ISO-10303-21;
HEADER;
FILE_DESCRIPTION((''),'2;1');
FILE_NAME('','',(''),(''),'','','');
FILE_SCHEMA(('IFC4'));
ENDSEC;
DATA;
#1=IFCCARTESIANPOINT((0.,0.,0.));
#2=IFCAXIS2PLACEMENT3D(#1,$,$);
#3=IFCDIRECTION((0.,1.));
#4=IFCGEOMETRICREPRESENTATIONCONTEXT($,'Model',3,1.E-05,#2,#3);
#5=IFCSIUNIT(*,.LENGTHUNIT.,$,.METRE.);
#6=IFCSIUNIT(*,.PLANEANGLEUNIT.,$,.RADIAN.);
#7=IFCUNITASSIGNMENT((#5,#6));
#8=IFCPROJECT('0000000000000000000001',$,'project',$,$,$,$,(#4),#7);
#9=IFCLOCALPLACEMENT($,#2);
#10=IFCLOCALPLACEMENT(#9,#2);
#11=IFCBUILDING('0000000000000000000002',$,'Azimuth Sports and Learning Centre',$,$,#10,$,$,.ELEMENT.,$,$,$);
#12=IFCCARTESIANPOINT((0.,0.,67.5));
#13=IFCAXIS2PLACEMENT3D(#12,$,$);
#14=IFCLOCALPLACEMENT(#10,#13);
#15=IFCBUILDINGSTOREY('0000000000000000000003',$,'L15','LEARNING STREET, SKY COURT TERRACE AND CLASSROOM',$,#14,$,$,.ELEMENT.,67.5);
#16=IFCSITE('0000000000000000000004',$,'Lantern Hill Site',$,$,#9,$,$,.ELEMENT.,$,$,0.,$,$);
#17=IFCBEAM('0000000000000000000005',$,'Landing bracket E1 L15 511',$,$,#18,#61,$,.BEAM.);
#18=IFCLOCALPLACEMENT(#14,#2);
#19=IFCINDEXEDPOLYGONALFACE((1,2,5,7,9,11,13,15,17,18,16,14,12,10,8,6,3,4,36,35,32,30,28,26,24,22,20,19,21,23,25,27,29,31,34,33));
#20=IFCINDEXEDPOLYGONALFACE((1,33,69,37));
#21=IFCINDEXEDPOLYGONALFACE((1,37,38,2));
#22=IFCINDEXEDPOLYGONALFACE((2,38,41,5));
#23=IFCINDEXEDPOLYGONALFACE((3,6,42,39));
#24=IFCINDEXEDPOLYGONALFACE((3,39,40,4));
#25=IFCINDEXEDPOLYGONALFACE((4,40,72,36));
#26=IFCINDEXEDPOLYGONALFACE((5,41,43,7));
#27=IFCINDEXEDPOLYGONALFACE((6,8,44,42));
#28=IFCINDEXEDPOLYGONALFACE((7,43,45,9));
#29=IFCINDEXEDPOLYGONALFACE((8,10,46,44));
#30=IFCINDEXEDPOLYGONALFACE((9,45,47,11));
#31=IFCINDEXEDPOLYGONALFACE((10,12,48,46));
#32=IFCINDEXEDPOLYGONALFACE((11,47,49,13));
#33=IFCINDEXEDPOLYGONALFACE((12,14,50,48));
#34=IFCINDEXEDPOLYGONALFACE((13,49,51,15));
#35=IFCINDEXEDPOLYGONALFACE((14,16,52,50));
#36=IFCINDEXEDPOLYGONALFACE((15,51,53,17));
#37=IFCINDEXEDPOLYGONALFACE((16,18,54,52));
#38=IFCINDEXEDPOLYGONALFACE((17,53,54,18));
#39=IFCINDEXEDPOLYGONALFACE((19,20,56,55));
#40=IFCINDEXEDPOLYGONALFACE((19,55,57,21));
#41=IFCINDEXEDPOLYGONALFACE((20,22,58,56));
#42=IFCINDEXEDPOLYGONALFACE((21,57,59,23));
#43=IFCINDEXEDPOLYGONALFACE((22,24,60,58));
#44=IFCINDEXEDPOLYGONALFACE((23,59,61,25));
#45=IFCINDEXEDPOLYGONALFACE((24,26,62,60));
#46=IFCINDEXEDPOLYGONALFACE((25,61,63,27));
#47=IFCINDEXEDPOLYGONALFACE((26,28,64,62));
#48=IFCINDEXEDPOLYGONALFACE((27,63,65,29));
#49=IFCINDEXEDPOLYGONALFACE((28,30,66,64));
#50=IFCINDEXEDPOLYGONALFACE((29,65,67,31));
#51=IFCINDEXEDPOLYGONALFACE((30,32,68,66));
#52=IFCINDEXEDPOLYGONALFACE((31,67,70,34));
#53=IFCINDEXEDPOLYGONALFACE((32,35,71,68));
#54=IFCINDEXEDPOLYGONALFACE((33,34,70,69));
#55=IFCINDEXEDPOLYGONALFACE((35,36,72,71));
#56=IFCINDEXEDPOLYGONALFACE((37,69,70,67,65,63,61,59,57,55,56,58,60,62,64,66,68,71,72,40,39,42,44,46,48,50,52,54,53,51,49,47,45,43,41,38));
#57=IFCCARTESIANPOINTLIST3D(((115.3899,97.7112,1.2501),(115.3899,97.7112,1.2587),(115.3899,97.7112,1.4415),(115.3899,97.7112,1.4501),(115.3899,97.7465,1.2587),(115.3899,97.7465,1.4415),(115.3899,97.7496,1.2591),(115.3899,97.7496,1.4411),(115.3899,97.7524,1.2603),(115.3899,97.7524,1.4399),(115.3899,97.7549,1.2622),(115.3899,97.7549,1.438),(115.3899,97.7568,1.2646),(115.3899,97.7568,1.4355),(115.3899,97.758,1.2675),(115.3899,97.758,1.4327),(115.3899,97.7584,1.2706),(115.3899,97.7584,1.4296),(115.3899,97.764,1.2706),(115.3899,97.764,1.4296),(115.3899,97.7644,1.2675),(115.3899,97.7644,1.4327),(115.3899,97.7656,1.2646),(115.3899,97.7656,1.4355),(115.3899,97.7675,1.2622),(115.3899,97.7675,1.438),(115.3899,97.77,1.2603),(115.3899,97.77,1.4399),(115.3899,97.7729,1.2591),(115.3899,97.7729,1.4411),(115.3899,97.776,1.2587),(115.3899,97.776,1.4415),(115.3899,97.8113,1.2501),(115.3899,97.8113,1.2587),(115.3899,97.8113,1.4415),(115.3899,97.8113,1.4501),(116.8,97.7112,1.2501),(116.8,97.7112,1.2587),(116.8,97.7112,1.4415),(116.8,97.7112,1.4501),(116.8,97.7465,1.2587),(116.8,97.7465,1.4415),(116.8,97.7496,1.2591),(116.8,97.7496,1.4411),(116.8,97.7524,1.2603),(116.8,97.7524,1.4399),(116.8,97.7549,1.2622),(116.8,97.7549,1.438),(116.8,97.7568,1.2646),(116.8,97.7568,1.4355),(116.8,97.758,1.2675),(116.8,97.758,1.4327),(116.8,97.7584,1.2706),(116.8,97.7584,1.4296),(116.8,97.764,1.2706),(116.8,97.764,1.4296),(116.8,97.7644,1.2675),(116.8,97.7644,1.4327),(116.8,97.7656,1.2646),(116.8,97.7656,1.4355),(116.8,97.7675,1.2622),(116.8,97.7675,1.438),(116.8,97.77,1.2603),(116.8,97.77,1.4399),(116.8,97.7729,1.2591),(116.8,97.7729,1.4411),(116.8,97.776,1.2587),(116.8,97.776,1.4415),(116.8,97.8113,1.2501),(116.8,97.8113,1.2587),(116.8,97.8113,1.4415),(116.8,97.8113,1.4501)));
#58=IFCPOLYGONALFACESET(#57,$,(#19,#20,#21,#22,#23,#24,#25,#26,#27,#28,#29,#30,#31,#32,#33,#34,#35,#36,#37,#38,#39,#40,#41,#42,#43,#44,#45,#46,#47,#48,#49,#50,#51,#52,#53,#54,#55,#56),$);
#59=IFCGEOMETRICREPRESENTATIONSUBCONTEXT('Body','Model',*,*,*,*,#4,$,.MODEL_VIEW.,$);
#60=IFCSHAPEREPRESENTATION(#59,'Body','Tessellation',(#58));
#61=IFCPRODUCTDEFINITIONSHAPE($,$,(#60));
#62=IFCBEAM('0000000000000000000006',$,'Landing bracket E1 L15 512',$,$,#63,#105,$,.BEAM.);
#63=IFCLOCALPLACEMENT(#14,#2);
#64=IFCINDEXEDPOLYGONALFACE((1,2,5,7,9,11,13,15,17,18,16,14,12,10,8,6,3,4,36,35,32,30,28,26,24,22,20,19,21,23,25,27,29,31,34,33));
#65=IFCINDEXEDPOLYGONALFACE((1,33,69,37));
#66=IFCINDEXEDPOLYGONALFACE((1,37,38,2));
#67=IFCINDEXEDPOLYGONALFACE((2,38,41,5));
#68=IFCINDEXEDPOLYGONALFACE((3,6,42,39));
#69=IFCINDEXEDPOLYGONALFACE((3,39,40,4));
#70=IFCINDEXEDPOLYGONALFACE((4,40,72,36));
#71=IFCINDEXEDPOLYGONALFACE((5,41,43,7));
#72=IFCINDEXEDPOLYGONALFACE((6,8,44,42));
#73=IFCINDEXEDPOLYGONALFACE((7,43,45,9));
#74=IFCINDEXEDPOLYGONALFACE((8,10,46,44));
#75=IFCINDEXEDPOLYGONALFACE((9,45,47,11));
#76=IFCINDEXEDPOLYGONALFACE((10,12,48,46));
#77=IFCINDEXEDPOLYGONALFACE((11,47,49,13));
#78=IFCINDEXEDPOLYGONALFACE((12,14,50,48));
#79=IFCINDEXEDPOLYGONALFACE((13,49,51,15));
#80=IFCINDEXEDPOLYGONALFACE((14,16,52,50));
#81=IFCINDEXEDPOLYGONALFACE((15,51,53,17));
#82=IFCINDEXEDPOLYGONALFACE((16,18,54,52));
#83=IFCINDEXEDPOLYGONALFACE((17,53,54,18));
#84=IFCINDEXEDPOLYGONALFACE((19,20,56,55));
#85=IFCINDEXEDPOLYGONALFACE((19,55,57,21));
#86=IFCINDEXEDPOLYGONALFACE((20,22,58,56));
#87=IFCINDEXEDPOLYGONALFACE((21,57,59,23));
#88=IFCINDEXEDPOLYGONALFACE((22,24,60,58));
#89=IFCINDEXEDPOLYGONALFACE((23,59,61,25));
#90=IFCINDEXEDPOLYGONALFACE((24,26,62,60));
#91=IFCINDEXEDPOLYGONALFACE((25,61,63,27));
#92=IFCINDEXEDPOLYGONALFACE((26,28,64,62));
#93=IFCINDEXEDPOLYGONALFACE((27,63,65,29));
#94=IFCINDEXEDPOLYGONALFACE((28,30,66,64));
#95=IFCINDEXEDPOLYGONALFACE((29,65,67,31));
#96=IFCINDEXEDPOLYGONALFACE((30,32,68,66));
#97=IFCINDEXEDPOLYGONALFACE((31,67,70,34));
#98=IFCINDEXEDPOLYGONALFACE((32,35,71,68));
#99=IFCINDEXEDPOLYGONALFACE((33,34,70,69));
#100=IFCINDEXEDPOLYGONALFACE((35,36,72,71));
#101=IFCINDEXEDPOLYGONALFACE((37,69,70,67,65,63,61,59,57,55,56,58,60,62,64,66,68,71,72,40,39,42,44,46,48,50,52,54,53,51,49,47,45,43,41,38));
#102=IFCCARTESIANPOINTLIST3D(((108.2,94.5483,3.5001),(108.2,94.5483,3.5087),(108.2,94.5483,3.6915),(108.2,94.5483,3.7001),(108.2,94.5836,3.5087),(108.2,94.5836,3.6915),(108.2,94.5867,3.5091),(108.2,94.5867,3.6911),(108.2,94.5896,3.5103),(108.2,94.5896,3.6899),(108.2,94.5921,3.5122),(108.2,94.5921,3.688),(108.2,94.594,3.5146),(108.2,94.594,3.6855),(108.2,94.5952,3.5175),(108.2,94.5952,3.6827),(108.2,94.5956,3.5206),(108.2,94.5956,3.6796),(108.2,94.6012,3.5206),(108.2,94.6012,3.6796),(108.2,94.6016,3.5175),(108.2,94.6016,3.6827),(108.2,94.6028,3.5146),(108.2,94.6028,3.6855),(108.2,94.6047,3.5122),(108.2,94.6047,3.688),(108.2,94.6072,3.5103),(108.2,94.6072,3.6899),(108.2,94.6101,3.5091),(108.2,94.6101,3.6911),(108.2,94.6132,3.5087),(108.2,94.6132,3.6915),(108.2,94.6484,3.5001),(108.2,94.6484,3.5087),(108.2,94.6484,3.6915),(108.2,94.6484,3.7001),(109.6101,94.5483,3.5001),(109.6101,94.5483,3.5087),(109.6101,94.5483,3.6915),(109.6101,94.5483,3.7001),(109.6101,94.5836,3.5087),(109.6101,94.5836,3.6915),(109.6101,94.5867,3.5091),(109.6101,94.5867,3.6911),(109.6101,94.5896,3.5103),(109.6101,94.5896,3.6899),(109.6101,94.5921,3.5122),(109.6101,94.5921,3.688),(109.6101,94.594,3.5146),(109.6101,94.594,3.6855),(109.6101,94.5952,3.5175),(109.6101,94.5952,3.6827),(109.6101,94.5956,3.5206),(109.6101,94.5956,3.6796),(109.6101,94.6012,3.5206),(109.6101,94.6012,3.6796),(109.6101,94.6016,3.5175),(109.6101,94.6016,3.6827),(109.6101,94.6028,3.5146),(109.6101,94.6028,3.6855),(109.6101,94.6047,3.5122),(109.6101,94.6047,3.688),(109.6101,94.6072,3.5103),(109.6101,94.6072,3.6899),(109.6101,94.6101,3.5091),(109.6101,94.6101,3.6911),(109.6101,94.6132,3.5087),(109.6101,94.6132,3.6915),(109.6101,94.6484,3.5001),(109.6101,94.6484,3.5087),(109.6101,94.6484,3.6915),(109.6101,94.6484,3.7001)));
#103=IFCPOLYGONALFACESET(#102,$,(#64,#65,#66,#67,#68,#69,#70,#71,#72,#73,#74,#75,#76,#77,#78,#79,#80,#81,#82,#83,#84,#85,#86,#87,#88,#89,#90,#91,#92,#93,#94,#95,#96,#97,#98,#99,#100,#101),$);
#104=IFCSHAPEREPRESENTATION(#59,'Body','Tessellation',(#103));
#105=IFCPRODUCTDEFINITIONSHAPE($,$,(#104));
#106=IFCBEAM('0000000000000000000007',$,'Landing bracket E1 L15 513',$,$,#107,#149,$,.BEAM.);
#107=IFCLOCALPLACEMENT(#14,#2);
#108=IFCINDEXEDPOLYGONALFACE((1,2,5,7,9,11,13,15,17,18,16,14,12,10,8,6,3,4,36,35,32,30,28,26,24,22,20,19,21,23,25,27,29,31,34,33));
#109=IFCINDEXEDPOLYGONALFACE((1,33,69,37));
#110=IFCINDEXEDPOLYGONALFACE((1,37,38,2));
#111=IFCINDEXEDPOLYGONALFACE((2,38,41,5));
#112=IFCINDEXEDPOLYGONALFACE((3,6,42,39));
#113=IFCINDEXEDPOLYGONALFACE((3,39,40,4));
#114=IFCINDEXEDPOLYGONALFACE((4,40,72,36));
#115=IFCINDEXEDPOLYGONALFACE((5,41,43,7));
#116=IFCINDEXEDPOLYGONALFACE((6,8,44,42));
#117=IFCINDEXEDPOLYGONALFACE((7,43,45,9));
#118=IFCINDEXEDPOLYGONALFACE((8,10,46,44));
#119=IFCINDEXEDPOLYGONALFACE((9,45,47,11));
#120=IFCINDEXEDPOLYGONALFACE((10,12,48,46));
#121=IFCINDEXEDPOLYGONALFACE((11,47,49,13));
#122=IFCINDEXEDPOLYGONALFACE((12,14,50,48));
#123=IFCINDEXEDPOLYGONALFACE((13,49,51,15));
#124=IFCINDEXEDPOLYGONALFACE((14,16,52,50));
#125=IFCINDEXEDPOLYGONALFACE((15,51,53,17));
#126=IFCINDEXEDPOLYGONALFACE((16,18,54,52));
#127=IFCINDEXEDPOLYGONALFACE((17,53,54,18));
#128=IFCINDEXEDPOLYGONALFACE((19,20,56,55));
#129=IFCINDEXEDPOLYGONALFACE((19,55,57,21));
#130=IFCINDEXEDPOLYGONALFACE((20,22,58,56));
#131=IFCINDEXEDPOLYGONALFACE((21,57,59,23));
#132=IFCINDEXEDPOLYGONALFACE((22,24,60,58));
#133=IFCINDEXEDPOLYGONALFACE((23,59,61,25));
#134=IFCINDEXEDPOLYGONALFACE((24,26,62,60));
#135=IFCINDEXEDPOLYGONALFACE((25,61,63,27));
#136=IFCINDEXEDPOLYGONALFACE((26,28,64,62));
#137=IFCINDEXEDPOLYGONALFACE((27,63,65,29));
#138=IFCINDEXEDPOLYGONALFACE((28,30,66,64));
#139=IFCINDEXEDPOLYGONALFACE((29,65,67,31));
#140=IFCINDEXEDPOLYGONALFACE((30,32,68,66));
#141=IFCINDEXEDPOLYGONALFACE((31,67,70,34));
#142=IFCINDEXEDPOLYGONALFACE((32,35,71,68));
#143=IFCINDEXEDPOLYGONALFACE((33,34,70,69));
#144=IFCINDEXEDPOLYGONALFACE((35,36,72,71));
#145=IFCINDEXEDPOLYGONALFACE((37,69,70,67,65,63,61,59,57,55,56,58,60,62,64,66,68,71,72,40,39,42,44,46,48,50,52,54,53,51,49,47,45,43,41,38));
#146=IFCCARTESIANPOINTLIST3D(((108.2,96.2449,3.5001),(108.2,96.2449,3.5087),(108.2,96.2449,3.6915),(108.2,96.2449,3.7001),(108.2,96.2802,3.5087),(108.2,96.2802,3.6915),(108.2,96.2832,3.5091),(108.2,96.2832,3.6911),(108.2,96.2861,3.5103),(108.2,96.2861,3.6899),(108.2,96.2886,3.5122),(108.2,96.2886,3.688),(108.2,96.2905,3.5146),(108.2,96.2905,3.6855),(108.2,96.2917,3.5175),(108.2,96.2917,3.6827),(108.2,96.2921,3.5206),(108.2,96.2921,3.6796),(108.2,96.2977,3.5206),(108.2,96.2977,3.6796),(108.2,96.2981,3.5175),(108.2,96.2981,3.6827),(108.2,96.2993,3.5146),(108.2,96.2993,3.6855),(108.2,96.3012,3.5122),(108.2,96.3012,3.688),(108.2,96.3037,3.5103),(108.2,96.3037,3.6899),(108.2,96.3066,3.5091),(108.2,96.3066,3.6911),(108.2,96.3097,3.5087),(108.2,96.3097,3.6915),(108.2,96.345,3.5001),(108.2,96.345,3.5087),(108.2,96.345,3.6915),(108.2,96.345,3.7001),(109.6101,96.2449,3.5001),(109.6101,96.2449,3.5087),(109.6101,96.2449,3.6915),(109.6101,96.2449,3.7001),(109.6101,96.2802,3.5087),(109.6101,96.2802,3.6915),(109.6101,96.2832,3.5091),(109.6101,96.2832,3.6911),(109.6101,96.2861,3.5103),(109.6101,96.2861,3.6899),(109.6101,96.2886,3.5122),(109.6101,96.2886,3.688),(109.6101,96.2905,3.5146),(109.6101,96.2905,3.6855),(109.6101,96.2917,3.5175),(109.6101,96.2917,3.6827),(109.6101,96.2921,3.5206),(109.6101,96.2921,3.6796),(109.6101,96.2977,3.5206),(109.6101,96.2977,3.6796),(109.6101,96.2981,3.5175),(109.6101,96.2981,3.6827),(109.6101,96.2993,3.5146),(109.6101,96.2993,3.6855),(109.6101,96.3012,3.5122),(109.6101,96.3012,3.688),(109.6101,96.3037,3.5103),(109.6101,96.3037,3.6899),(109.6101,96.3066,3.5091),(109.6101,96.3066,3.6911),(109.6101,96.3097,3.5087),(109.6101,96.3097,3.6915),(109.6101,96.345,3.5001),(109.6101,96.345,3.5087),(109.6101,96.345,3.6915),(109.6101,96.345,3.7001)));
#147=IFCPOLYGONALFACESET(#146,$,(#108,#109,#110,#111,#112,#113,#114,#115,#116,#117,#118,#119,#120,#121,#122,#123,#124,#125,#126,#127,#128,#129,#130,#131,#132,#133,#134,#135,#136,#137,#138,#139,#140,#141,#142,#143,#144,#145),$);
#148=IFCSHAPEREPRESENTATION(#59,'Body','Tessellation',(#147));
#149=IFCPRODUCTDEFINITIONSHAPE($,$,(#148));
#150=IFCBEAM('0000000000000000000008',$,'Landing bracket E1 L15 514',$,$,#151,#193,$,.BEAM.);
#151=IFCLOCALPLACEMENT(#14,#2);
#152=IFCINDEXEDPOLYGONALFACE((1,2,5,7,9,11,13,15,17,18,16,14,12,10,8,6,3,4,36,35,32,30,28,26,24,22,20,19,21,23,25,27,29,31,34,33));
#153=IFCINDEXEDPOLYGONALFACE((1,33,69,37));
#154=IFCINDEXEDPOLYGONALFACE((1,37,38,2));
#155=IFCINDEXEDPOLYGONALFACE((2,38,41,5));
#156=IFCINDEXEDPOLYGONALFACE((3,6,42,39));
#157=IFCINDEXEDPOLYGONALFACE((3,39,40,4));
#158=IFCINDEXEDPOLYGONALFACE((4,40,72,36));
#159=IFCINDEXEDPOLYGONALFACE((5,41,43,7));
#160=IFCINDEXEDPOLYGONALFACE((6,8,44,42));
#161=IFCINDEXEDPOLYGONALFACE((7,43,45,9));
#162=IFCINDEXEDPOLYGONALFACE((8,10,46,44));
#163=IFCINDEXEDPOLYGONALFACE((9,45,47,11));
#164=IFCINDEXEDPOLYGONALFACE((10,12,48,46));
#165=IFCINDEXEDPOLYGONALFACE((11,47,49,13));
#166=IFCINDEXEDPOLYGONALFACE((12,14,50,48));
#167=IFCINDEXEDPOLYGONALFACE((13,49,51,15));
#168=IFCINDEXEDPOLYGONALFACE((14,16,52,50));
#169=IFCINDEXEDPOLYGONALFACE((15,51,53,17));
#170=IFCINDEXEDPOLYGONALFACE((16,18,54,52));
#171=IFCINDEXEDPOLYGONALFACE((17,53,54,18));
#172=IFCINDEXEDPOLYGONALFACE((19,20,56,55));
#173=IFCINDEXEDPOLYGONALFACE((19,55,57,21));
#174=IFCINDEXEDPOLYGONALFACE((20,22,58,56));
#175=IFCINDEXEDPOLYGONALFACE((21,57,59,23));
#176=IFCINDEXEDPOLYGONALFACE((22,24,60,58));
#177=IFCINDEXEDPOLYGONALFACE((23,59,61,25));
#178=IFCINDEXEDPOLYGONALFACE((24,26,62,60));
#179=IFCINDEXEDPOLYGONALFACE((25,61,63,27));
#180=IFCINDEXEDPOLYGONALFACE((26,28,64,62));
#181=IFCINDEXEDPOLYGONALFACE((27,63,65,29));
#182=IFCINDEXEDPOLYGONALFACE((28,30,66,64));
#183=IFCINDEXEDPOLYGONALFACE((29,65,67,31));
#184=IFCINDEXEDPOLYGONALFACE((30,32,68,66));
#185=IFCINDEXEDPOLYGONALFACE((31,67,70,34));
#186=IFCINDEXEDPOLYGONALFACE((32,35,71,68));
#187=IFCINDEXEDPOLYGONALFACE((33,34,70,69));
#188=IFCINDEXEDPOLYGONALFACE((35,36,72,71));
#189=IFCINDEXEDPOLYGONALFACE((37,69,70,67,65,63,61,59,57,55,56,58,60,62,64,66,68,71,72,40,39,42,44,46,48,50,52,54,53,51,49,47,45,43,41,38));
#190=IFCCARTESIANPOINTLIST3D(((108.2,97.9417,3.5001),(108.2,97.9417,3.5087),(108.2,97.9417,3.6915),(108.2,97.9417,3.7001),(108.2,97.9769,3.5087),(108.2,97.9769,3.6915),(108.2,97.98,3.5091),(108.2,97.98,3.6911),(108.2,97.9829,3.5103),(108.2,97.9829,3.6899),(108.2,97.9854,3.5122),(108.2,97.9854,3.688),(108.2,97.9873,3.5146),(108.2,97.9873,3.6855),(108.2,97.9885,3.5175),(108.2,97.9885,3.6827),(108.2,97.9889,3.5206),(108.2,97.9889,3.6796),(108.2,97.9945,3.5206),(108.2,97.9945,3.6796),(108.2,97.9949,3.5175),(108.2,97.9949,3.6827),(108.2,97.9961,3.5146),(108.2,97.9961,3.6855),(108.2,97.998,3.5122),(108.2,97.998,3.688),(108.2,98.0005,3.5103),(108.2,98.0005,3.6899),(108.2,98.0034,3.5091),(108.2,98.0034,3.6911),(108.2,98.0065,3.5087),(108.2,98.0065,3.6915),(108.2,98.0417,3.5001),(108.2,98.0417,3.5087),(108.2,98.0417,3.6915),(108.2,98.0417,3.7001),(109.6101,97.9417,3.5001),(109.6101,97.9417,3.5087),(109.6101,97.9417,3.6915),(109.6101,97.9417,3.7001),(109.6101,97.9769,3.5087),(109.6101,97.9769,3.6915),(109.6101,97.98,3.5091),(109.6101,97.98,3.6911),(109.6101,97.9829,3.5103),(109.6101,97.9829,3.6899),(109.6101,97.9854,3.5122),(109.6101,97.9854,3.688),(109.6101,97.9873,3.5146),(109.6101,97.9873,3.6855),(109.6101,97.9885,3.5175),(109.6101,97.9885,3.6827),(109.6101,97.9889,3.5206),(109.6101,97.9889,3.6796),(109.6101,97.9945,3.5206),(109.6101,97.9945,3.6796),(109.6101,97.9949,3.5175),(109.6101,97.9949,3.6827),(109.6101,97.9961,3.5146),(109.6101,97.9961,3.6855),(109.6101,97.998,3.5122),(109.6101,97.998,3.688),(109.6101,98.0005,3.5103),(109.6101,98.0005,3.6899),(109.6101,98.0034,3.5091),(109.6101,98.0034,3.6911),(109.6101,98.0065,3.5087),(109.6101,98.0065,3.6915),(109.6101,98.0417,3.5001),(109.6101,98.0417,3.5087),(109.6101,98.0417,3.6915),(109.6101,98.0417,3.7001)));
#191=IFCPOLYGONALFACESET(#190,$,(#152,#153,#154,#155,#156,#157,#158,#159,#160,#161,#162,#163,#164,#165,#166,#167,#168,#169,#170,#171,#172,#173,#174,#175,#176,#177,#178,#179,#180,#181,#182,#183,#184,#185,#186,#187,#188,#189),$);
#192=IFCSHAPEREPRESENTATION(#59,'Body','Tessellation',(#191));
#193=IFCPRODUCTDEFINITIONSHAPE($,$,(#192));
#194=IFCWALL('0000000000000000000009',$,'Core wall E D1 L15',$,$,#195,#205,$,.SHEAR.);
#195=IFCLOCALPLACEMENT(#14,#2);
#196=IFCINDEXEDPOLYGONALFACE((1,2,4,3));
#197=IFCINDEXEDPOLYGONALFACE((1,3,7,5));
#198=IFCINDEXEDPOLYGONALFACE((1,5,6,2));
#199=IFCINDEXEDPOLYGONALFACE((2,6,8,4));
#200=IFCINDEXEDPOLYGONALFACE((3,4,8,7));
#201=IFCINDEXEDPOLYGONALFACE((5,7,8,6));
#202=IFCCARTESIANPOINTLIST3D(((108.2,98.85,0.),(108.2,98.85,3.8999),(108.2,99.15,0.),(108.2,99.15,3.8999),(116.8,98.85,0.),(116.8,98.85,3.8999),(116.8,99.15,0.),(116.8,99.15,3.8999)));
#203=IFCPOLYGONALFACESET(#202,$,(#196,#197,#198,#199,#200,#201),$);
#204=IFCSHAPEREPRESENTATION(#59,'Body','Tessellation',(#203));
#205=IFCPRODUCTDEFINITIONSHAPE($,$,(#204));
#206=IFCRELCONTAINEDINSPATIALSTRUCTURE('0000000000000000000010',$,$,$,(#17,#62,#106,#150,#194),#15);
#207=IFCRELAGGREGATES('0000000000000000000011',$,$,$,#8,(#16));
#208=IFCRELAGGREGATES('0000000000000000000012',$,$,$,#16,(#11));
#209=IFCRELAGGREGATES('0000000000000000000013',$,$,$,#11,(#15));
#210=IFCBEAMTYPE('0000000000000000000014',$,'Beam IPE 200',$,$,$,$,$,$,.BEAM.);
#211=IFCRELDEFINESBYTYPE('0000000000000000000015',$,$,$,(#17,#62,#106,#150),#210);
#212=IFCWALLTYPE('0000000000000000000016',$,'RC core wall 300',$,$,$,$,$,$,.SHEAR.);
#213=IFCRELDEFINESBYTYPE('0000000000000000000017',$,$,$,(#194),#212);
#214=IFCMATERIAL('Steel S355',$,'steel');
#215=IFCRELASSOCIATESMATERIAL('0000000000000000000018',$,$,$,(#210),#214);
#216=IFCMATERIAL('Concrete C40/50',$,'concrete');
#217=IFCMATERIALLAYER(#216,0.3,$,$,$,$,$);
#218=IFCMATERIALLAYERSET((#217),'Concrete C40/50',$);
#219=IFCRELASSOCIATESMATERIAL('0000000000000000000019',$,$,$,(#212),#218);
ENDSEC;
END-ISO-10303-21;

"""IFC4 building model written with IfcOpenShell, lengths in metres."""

from ifc_helpers import new_model, si_unit, direction, frame, frame_2d, origin, origin_2d, place, context, subcontext, project, spatial, rectangle, i_section, extrude, material, layer, layer_set, material_profile, profile_set, type_object, element, save


model = new_model("IFC4")

# Units and contexts
model_context = context("Model", 3, precision=1e-05, world=origin(), true_north=direction((0.0, 1.0)))
body_context = subcontext(model_context, "Body", "Model", "MODEL_VIEW")
ifc_project = project(units=[si_unit("LENGTHUNIT", "METRE"), si_unit("PLANEANGLEUNIT", "RADIAN")], contexts=[model_context])

# Site, building, storey
site_placement = place(None, origin())
site = spatial("IfcSite", under=ifc_project, at=site_placement, Name="Lantern Hill Site", CompositionType="ELEMENT", RefElevation=0.0)
building_placement = place(site_placement, origin())
building = spatial("IfcBuilding", under=site, at=building_placement, Name="Azimuth Sports and Learning Centre", CompositionType="ELEMENT")
storey_placement = place(building_placement, frame((0.0, 0.0, 67.5)))
storey = spatial("IfcBuildingStorey", under=building, at=storey_placement, Name="L15", Description="LEARNING STREET, SKY COURT TERRACE AND CLASSROOM", CompositionType="ELEMENT", Elevation=67.5)

# Beams
ifc_material_1 = material(Name="Steel S355", Category="steel")
ifc_material_profile = material_profile(ifc_material_1, i_section(OverallWidth=0.1001, OverallDepth=0.2, WebThickness=0.0056, FlangeThickness=0.0085, FilletRadius=0.012, at=origin_2d()), Name="IPE 200")
ifc_profile_set = profile_set([ifc_material_profile], Name="Steel S355")
beam_type = type_object("IfcBeamType", Name="Beam IPE 200", PredefinedType="BEAM", material=ifc_profile_set)
for number, where, z_axis, x_axis, name in (
    (1, (116.8, 97.7612, 1.3501), (-1.0, 0.0, 0.0), (0.0, -1.0, 0.0), "Landing bracket E1 L15 511"),
    (2, (108.2, 94.5984, 3.6001), (1.0, 0.0, 0.0), (0.0, 1.0, 0.0), "Landing bracket E1 L15 512"),
    (3, (108.2, 96.2949, 3.6001), (1.0, 0.0, 0.0), (0.0, 1.0, 0.0), "Landing bracket E1 L15 513"),
    (4, (108.2, 97.9917, 3.6001), (1.0, 0.0, 0.0), (0.0, 1.0, 0.0), "Landing bracket E1 L15 514"),
):
    element("IfcBeam", number, at=place(storey_placement, frame(where, z_axis=z_axis, x_axis=x_axis)), inside=storey, type_object=beam_type, Name=name, PredefinedType="BEAM", context=body_context, shape_type="SweptSolid", body=[
        extrude(i_section(OverallWidth=0.1001, OverallDepth=0.2, WebThickness=0.0056, FlangeThickness=0.0085, FilletRadius=0.012, at=origin_2d()), origin(), (0.0, 0.0, 1.0), 1.4102),
    ])

# Wall
ifc_material_2 = material(Name="Concrete C40/50", Category="concrete")
ifc_layer_1 = layer(ifc_material_2, 0.3)
ifc_layer_set_1 = layer_set([ifc_layer_1], Name="Concrete C40/50")
wall_type = type_object("IfcWallType", Name="RC core wall 300", PredefinedType="SHEAR", material=ifc_layer_set_1)
wall_placement = place(storey_placement, frame((108.2, 99.0, 0.0), z_axis=(0.0, 0.0, 1.0), x_axis=(1.0, 0.0, 0.0)))
element("IfcWall", 5, at=wall_placement, inside=storey, type_object=wall_type, Name="Core wall E D1 L15", PredefinedType="SHEAR", context=body_context, shape_type="SweptSolid", body=[
    extrude(rectangle(XDim=8.6001, YDim=0.3, at=frame_2d((4.3, 0.0))), origin(), (0.0, 0.0, 1.0), 3.8999),
])

save(model, "model.ifc")
